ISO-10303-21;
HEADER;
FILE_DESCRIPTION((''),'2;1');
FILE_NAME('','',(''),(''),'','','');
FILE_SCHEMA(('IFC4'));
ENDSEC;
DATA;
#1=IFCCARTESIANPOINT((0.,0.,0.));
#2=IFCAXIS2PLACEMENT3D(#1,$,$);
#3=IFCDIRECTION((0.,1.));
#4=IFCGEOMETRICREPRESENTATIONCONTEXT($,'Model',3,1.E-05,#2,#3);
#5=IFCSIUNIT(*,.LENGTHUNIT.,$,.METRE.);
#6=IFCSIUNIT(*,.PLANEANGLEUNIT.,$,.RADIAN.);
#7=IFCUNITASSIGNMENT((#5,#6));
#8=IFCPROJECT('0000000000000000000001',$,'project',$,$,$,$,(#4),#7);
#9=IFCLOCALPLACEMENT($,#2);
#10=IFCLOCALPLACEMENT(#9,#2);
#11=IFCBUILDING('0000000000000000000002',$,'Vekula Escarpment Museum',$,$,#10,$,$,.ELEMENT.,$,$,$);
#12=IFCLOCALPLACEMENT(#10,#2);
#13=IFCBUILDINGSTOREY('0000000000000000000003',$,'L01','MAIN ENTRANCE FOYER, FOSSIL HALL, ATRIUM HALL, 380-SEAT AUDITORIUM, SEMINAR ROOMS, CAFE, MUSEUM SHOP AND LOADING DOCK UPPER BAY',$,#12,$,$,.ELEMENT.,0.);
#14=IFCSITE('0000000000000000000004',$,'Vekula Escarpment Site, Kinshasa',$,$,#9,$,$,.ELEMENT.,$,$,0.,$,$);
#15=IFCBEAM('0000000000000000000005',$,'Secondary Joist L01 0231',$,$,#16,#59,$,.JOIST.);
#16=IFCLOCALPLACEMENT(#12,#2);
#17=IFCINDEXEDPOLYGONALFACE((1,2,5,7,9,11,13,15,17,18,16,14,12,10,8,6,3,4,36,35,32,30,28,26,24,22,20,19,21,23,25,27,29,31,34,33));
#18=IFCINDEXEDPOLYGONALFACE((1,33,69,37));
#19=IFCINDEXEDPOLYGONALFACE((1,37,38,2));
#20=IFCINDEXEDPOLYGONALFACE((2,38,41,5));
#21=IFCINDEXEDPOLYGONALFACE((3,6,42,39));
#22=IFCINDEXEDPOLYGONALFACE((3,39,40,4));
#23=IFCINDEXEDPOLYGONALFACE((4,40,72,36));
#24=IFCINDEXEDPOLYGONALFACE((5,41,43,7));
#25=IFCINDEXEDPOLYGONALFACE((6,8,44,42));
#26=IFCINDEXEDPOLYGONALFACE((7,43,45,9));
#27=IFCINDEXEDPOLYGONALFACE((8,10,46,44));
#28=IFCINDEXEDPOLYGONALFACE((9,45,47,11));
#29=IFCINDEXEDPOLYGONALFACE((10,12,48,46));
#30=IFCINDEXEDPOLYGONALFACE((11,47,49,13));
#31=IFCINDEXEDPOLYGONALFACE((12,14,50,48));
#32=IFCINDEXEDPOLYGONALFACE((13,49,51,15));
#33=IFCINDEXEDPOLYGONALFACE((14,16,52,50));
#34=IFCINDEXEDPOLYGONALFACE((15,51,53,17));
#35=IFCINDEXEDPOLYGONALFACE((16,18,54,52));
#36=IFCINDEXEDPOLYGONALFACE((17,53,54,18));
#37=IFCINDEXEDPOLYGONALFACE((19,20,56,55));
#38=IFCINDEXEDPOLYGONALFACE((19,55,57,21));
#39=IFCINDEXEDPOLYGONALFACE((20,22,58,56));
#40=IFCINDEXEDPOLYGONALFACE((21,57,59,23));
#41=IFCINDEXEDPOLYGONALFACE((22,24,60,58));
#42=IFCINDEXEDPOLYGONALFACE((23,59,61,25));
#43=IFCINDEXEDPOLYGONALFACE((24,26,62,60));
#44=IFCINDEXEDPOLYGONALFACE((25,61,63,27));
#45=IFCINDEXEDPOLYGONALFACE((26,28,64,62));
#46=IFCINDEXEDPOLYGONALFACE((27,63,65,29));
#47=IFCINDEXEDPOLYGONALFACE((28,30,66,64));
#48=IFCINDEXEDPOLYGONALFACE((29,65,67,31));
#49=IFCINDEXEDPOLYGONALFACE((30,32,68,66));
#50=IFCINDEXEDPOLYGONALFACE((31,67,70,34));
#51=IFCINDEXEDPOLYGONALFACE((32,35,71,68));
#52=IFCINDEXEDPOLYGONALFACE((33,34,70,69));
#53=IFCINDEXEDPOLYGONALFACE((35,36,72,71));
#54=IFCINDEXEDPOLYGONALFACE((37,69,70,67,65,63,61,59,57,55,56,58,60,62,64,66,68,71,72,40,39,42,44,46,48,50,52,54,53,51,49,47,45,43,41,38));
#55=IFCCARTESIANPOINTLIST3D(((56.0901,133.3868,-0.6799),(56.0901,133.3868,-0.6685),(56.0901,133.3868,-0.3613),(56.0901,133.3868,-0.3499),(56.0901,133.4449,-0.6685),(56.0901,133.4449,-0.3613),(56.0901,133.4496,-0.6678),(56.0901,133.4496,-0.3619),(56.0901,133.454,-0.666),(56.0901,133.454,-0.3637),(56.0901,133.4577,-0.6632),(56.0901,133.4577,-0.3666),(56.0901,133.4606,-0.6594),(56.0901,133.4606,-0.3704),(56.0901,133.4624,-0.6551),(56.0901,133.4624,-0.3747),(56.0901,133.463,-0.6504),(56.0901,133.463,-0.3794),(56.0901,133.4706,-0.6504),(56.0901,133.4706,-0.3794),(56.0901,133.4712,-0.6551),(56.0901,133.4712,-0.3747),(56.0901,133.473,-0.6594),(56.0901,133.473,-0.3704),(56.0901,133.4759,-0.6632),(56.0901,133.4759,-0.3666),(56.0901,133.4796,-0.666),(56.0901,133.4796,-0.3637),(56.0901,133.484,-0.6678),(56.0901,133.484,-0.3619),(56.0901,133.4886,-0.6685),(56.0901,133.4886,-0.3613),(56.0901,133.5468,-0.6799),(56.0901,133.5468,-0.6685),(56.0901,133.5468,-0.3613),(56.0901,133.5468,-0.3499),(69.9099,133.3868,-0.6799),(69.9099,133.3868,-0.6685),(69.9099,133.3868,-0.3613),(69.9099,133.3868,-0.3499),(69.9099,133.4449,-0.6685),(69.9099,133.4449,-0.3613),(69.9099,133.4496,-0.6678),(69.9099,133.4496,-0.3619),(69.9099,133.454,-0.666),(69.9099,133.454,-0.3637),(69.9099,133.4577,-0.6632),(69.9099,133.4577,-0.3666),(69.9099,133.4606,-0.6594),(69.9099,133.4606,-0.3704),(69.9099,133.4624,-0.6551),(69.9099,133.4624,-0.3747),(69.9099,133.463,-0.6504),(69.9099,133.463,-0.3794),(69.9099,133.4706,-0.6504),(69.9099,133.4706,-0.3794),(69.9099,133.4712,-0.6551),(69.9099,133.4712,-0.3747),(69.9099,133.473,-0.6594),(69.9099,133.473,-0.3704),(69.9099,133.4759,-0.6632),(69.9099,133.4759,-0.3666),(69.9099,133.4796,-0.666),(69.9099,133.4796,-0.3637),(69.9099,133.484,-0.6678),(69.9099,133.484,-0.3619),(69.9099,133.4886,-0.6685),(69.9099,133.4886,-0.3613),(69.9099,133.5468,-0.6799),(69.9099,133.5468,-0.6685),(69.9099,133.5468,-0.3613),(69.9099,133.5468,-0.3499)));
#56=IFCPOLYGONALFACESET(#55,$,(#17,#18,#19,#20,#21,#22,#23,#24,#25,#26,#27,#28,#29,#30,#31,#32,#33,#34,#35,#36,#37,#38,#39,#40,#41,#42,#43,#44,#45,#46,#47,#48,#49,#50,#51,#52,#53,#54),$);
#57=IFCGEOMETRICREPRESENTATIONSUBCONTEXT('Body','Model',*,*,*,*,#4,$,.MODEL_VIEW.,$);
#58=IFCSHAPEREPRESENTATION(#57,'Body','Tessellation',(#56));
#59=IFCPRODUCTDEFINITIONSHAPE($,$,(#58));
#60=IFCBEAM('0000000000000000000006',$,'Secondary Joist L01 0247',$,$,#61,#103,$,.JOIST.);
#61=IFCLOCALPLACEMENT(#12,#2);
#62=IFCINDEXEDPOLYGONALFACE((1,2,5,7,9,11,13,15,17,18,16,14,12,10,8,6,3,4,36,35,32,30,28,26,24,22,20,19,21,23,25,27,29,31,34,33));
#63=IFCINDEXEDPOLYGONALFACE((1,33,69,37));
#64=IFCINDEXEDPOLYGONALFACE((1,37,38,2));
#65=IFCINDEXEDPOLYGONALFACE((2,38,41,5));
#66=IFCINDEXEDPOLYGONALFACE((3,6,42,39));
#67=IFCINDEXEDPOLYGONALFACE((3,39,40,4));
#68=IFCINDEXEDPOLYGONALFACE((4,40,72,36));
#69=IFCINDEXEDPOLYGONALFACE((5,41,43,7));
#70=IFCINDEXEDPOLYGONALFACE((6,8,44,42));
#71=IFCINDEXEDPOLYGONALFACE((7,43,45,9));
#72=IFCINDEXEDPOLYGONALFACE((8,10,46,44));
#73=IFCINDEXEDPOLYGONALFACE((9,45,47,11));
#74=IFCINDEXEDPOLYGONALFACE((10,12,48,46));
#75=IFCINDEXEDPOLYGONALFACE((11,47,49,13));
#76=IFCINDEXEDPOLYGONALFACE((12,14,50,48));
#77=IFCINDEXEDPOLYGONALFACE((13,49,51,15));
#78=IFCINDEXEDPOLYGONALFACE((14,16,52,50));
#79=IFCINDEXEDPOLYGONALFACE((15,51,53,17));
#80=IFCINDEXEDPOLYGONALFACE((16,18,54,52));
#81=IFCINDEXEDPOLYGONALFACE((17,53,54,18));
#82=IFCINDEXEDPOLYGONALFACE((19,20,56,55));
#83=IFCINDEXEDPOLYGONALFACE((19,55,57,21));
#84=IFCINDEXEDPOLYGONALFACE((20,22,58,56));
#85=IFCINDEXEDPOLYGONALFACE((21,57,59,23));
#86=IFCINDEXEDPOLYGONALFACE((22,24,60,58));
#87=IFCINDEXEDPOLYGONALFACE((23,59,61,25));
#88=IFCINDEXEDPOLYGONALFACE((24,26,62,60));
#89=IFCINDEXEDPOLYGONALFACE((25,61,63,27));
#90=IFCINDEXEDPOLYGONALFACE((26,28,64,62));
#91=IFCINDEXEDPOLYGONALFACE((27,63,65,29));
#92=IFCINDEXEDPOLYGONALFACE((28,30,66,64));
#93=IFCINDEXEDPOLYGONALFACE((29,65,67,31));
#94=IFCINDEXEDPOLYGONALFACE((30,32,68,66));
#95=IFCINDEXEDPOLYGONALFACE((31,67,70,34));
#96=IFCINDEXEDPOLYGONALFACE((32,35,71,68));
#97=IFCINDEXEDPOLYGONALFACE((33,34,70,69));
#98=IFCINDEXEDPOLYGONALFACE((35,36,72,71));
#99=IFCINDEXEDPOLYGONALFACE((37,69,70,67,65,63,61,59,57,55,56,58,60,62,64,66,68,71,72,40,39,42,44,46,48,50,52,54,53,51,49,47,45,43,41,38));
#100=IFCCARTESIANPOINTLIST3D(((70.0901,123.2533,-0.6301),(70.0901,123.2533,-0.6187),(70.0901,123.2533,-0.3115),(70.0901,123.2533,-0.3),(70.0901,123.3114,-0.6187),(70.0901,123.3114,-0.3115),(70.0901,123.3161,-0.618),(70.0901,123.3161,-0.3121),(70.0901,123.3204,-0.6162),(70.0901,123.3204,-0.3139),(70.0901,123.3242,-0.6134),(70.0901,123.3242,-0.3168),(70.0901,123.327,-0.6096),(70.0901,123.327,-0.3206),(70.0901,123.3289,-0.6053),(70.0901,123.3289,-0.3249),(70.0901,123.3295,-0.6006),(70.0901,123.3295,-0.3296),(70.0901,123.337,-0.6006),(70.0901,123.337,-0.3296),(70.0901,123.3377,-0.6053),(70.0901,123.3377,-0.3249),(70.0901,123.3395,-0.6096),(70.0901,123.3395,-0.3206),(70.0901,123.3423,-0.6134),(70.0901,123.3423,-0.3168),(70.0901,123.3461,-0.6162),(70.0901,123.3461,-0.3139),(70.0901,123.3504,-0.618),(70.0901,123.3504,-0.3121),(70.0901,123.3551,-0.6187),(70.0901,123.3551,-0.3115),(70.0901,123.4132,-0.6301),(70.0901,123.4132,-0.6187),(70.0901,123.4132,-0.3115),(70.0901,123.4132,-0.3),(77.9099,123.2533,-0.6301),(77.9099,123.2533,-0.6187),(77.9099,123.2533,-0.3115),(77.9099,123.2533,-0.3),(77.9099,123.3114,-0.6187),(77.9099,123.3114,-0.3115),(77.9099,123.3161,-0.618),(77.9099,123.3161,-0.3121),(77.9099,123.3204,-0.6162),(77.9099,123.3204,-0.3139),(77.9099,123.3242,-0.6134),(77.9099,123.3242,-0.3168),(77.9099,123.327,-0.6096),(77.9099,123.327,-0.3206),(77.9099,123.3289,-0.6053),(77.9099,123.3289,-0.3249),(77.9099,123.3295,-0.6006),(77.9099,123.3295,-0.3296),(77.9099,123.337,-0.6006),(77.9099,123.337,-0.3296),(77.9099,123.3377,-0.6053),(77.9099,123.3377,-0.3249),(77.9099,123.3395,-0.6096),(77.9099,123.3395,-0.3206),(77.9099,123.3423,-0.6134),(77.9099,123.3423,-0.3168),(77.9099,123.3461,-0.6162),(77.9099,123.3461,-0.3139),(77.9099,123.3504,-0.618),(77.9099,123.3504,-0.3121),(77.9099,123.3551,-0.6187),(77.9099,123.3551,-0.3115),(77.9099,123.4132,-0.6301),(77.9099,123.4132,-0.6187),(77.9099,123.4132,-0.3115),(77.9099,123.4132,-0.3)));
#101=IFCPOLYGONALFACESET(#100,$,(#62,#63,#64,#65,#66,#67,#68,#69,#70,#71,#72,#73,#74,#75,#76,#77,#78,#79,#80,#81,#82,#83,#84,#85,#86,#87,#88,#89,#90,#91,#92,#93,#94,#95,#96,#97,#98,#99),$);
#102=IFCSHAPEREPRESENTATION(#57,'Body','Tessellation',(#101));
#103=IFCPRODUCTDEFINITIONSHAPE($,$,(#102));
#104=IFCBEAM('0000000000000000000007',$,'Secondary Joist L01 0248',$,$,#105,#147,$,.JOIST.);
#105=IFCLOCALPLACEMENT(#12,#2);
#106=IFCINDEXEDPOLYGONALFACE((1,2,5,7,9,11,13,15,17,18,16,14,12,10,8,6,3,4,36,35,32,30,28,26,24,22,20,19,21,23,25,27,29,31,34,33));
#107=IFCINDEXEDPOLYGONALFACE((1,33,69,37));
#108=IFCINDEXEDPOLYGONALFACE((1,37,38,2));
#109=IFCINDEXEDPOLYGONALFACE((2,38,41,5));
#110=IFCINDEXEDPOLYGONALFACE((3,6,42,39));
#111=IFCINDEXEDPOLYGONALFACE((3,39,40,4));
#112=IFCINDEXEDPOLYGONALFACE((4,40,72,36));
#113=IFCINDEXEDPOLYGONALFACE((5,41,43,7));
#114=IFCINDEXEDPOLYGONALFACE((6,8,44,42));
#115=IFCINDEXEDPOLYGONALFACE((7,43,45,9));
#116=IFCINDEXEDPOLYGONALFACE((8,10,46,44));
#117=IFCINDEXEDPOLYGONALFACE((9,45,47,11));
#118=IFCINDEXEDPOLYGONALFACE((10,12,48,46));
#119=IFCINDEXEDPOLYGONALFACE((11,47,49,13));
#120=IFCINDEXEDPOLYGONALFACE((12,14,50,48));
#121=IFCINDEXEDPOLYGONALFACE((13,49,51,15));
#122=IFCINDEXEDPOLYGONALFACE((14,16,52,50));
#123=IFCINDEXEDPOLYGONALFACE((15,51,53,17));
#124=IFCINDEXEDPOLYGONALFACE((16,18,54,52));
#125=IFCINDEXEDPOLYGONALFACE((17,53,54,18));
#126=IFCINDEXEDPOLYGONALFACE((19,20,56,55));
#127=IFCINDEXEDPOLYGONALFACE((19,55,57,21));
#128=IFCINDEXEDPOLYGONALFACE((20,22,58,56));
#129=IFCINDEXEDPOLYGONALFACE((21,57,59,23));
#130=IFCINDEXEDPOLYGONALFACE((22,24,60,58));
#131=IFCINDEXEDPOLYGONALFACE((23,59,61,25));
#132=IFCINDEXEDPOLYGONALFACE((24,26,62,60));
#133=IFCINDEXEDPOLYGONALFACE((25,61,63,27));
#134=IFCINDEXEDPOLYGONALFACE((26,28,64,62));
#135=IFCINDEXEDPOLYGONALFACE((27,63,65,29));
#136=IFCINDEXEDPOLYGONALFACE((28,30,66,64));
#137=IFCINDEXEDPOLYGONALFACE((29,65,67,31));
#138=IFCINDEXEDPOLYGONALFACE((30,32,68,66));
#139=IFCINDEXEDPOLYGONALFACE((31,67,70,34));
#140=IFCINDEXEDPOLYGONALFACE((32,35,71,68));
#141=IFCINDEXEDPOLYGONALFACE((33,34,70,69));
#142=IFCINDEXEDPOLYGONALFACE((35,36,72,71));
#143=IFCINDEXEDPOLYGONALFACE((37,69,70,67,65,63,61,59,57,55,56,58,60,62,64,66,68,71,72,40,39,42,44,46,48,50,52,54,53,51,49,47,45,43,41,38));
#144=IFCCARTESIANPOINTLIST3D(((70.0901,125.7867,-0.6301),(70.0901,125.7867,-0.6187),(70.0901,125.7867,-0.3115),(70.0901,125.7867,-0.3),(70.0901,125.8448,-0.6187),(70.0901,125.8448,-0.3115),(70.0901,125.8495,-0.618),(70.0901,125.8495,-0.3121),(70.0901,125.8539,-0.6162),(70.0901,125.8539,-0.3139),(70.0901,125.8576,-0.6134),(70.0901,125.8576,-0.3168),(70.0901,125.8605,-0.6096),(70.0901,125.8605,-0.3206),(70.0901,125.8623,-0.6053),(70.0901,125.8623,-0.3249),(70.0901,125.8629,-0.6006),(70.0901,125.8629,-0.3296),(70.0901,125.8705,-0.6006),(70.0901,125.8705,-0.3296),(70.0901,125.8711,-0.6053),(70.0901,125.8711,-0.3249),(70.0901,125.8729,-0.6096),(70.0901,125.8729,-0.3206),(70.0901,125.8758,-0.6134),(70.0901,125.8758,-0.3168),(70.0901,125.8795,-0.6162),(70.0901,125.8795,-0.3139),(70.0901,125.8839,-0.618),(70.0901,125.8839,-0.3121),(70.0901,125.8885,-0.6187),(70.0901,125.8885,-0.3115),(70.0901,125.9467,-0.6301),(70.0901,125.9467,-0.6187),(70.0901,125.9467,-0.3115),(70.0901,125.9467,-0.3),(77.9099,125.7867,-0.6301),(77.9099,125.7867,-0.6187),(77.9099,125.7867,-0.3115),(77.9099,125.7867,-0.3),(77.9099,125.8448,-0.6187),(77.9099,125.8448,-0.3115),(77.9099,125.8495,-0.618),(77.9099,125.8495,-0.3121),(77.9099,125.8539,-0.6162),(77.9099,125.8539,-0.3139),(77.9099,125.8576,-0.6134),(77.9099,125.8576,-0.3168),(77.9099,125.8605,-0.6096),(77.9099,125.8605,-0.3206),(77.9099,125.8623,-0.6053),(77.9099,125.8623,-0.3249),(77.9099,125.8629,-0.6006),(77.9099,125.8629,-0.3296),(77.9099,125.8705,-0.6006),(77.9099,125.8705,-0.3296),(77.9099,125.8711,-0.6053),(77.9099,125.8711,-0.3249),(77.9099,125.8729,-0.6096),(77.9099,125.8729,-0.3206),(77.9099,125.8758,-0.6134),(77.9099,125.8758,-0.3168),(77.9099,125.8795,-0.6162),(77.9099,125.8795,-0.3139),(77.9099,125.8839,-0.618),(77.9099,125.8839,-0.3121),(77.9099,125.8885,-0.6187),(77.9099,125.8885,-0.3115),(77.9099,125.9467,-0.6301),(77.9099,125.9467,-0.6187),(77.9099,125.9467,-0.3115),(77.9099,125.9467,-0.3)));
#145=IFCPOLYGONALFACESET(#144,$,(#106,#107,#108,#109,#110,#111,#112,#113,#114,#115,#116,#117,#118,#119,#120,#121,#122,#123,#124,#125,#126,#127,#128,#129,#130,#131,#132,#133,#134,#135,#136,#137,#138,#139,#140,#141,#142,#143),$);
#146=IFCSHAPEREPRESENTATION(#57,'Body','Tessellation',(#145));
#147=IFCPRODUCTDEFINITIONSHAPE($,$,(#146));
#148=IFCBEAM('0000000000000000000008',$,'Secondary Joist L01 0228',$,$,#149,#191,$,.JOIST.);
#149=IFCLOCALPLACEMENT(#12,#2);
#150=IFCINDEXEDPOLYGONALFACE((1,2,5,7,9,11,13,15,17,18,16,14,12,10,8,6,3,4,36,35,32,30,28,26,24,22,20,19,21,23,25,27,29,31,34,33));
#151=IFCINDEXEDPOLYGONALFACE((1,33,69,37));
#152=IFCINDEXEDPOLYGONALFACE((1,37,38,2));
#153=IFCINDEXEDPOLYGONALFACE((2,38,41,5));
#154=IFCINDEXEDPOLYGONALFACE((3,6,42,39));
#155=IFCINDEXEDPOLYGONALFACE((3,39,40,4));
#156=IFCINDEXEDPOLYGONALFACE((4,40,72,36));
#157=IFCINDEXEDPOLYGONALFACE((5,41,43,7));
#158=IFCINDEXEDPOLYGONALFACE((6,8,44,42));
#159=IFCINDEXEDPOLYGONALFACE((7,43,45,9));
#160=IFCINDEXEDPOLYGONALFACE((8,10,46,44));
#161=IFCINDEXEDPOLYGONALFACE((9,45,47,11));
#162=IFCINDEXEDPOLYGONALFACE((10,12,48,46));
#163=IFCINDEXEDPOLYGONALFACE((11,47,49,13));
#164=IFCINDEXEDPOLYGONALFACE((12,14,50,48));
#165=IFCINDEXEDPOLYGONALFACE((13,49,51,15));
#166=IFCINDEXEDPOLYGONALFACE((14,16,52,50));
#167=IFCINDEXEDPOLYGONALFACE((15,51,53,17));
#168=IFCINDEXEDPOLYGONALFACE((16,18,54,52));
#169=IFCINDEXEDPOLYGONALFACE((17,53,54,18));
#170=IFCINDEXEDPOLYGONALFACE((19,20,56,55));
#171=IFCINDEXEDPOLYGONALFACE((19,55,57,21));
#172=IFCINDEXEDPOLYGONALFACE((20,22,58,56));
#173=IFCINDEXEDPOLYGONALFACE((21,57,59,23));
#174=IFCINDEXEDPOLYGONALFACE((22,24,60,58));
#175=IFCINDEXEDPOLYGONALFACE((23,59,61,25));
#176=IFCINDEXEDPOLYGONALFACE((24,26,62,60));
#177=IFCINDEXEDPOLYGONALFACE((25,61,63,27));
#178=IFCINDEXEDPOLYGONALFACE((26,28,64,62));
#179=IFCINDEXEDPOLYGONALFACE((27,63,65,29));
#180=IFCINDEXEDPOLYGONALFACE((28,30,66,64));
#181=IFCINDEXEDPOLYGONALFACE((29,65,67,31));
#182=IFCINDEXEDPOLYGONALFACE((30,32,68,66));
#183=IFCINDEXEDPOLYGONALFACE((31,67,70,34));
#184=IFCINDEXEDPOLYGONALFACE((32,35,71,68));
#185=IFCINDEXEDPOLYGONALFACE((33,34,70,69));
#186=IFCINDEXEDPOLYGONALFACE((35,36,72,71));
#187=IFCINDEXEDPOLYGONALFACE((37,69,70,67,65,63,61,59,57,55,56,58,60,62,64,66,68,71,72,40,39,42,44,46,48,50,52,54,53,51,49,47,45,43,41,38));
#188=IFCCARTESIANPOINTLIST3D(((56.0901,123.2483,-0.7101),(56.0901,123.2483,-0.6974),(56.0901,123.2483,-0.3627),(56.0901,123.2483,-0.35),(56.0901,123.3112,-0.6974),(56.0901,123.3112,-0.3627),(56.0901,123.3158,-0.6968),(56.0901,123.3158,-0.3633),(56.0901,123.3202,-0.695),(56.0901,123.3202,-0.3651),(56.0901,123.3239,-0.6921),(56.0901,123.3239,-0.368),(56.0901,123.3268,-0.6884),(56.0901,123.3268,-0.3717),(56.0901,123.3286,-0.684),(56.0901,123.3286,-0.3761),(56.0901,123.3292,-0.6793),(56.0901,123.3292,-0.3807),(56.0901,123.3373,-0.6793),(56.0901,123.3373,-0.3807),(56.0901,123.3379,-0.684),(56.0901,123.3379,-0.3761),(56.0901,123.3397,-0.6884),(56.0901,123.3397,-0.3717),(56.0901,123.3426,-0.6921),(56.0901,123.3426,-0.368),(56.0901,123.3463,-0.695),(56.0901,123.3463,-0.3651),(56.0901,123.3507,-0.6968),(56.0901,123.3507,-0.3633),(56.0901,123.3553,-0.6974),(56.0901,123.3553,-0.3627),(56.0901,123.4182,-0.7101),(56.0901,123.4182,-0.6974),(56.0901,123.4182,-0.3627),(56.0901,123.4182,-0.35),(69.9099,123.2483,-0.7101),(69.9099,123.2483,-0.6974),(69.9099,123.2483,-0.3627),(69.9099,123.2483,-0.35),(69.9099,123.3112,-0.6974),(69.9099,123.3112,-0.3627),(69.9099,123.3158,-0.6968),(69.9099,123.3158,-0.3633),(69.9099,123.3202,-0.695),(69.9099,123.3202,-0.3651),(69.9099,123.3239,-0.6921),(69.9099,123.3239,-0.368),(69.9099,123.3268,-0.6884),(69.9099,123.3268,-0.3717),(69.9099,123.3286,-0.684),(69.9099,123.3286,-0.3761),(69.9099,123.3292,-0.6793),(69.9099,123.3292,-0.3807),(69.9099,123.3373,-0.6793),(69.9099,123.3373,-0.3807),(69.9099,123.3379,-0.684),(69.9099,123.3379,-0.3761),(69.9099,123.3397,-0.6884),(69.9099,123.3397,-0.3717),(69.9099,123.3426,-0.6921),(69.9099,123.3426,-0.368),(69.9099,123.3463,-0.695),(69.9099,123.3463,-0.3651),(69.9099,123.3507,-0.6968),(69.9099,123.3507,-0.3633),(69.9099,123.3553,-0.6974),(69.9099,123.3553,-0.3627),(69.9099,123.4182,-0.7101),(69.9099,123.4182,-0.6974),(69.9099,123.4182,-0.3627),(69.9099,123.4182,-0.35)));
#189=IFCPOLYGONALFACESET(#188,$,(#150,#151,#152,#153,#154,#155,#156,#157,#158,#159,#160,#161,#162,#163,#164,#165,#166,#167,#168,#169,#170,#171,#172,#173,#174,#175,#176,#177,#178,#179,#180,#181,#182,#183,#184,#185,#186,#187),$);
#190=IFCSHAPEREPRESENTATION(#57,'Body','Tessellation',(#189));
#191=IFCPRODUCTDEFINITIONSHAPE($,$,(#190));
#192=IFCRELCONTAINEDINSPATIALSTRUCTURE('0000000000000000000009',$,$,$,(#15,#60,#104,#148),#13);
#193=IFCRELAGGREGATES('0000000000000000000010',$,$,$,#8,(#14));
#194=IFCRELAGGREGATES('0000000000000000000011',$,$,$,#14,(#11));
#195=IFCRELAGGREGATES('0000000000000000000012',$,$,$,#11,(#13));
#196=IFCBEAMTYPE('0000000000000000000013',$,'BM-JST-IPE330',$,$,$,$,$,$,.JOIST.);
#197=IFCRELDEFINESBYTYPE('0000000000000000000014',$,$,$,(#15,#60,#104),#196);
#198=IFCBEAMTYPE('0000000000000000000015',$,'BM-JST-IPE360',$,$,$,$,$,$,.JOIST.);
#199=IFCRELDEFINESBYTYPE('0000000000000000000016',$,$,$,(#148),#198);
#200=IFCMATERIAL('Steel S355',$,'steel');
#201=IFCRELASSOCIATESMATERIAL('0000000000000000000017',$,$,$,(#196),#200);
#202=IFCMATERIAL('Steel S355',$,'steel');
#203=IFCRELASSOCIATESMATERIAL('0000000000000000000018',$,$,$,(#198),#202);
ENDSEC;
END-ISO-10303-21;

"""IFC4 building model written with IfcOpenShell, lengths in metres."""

from ifc_helpers import new_model, si_unit, direction, frame, origin, origin_2d, place, context, subcontext, project, spatial, i_section, extrude, material, material_profile, profile_set, type_object, element, save


model = new_model("IFC4")

# Units and contexts
model_context = context("Model", 3, precision=1e-05, world=origin(), true_north=direction((0.0, 1.0)))
body_context = subcontext(model_context, "Body", "Model", "MODEL_VIEW")
ifc_project = project(units=[si_unit("LENGTHUNIT", "METRE"), si_unit("PLANEANGLEUNIT", "RADIAN")], contexts=[model_context])

# Site, building, storey
site_placement = place(None, origin())
site = spatial("IfcSite", under=ifc_project, at=site_placement, Name="Vekula Escarpment Site, Kinshasa", CompositionType="ELEMENT", RefElevation=0.0)
building_placement = place(site_placement, origin())
building = spatial("IfcBuilding", under=site, at=building_placement, Name="Vekula Escarpment Museum", CompositionType="ELEMENT")
storey_placement = place(building_placement, origin())
storey = spatial("IfcBuildingStorey", under=building, at=storey_placement, Name="L01", Description="MAIN ENTRANCE FOYER, FOSSIL HALL, ATRIUM HALL, 380-SEAT AUDITORIUM, SEMINAR ROOMS, CAFE, MUSEUM SHOP AND LOADING DOCK UPPER BAY", CompositionType="ELEMENT", Elevation=0.0)

# Beams
ifc_material_1 = material(Name="Steel S355", Category="steel")
ifc_material_profile_1 = material_profile(ifc_material_1, i_section(OverallWidth=0.1599, OverallDepth=0.3301, WebThickness=0.0076, FlangeThickness=0.0115, FilletRadius=0.0181, at=origin_2d()), Name="IPE 330")
ifc_profile_set_1 = profile_set([ifc_material_profile_1], Name="Steel S355")
beam_type_1 = type_object("IfcBeamType", Name="BM-JST-IPE330", PredefinedType="JOIST", material=ifc_profile_set_1)
for number, where, z_axis, x_axis, name in (
    (1, (56.0901, 133.4668, -0.5149), (1.0, 0.0, 0.0), (0.0, 1.0, 0.0), "Secondary Joist L01 0231"),
):
    element("IfcBeam", number, at=place(storey_placement, frame(where, z_axis=z_axis, x_axis=x_axis)), inside=storey, type_object=beam_type_1, Name=name, PredefinedType="JOIST", context=body_context, shape_type="SweptSolid", body=[
        extrude(i_section(OverallWidth=0.1599, OverallDepth=0.3301, WebThickness=0.0076, FlangeThickness=0.0115, FilletRadius=0.0181, at=origin_2d()), origin(), (0.0, 0.0, 1.0), 13.8198),
    ])
for number, where, z_axis, x_axis, name in (
    (2, (70.0901, 123.3333, -0.4651), (1.0, 0.0, 0.0), (0.0, 1.0, 0.0), "Secondary Joist L01 0247"),
    (3, (70.0901, 125.8667, -0.4651), (1.0, 0.0, 0.0), (0.0, 1.0, 0.0), "Secondary Joist L01 0248"),
):
    element("IfcBeam", number, at=place(storey_placement, frame(where, z_axis=z_axis, x_axis=x_axis)), inside=storey, type_object=beam_type_1, Name=name, PredefinedType="JOIST", context=body_context, shape_type="SweptSolid", body=[
        extrude(i_section(OverallWidth=0.1599, OverallDepth=0.3301, WebThickness=0.0076, FlangeThickness=0.0115, FilletRadius=0.0181, at=origin_2d()), origin(), (0.0, 0.0, 1.0), 7.8198),
    ])
ifc_material_2 = material(Name="Steel S355", Category="steel")
ifc_material_profile_2 = material_profile(ifc_material_2, i_section(OverallWidth=0.1699, OverallDepth=0.3601, WebThickness=0.0081, FlangeThickness=0.0127, FilletRadius=0.0181, at=origin_2d()), Name="IPE 360")
ifc_profile_set_2 = profile_set([ifc_material_profile_2], Name="Steel S355")
beam_type_2 = type_object("IfcBeamType", Name="BM-JST-IPE360", PredefinedType="JOIST", material=ifc_profile_set_2)
for number, where, z_axis, x_axis, name in (
    (4, (56.0901, 123.3333, -0.53), (1.0, 0.0, 0.0), (0.0, 1.0, 0.0), "Secondary Joist L01 0228"),
):
    element("IfcBeam", number, at=place(storey_placement, frame(where, z_axis=z_axis, x_axis=x_axis)), inside=storey, type_object=beam_type_2, Name=name, PredefinedType="JOIST", context=body_context, shape_type="SweptSolid", body=[
        extrude(i_section(OverallWidth=0.1699, OverallDepth=0.3601, WebThickness=0.0081, FlangeThickness=0.0127, FilletRadius=0.0181, at=origin_2d()), origin(), (0.0, 0.0, 1.0), 13.8198),
    ])

save(model, "model.ifc")
